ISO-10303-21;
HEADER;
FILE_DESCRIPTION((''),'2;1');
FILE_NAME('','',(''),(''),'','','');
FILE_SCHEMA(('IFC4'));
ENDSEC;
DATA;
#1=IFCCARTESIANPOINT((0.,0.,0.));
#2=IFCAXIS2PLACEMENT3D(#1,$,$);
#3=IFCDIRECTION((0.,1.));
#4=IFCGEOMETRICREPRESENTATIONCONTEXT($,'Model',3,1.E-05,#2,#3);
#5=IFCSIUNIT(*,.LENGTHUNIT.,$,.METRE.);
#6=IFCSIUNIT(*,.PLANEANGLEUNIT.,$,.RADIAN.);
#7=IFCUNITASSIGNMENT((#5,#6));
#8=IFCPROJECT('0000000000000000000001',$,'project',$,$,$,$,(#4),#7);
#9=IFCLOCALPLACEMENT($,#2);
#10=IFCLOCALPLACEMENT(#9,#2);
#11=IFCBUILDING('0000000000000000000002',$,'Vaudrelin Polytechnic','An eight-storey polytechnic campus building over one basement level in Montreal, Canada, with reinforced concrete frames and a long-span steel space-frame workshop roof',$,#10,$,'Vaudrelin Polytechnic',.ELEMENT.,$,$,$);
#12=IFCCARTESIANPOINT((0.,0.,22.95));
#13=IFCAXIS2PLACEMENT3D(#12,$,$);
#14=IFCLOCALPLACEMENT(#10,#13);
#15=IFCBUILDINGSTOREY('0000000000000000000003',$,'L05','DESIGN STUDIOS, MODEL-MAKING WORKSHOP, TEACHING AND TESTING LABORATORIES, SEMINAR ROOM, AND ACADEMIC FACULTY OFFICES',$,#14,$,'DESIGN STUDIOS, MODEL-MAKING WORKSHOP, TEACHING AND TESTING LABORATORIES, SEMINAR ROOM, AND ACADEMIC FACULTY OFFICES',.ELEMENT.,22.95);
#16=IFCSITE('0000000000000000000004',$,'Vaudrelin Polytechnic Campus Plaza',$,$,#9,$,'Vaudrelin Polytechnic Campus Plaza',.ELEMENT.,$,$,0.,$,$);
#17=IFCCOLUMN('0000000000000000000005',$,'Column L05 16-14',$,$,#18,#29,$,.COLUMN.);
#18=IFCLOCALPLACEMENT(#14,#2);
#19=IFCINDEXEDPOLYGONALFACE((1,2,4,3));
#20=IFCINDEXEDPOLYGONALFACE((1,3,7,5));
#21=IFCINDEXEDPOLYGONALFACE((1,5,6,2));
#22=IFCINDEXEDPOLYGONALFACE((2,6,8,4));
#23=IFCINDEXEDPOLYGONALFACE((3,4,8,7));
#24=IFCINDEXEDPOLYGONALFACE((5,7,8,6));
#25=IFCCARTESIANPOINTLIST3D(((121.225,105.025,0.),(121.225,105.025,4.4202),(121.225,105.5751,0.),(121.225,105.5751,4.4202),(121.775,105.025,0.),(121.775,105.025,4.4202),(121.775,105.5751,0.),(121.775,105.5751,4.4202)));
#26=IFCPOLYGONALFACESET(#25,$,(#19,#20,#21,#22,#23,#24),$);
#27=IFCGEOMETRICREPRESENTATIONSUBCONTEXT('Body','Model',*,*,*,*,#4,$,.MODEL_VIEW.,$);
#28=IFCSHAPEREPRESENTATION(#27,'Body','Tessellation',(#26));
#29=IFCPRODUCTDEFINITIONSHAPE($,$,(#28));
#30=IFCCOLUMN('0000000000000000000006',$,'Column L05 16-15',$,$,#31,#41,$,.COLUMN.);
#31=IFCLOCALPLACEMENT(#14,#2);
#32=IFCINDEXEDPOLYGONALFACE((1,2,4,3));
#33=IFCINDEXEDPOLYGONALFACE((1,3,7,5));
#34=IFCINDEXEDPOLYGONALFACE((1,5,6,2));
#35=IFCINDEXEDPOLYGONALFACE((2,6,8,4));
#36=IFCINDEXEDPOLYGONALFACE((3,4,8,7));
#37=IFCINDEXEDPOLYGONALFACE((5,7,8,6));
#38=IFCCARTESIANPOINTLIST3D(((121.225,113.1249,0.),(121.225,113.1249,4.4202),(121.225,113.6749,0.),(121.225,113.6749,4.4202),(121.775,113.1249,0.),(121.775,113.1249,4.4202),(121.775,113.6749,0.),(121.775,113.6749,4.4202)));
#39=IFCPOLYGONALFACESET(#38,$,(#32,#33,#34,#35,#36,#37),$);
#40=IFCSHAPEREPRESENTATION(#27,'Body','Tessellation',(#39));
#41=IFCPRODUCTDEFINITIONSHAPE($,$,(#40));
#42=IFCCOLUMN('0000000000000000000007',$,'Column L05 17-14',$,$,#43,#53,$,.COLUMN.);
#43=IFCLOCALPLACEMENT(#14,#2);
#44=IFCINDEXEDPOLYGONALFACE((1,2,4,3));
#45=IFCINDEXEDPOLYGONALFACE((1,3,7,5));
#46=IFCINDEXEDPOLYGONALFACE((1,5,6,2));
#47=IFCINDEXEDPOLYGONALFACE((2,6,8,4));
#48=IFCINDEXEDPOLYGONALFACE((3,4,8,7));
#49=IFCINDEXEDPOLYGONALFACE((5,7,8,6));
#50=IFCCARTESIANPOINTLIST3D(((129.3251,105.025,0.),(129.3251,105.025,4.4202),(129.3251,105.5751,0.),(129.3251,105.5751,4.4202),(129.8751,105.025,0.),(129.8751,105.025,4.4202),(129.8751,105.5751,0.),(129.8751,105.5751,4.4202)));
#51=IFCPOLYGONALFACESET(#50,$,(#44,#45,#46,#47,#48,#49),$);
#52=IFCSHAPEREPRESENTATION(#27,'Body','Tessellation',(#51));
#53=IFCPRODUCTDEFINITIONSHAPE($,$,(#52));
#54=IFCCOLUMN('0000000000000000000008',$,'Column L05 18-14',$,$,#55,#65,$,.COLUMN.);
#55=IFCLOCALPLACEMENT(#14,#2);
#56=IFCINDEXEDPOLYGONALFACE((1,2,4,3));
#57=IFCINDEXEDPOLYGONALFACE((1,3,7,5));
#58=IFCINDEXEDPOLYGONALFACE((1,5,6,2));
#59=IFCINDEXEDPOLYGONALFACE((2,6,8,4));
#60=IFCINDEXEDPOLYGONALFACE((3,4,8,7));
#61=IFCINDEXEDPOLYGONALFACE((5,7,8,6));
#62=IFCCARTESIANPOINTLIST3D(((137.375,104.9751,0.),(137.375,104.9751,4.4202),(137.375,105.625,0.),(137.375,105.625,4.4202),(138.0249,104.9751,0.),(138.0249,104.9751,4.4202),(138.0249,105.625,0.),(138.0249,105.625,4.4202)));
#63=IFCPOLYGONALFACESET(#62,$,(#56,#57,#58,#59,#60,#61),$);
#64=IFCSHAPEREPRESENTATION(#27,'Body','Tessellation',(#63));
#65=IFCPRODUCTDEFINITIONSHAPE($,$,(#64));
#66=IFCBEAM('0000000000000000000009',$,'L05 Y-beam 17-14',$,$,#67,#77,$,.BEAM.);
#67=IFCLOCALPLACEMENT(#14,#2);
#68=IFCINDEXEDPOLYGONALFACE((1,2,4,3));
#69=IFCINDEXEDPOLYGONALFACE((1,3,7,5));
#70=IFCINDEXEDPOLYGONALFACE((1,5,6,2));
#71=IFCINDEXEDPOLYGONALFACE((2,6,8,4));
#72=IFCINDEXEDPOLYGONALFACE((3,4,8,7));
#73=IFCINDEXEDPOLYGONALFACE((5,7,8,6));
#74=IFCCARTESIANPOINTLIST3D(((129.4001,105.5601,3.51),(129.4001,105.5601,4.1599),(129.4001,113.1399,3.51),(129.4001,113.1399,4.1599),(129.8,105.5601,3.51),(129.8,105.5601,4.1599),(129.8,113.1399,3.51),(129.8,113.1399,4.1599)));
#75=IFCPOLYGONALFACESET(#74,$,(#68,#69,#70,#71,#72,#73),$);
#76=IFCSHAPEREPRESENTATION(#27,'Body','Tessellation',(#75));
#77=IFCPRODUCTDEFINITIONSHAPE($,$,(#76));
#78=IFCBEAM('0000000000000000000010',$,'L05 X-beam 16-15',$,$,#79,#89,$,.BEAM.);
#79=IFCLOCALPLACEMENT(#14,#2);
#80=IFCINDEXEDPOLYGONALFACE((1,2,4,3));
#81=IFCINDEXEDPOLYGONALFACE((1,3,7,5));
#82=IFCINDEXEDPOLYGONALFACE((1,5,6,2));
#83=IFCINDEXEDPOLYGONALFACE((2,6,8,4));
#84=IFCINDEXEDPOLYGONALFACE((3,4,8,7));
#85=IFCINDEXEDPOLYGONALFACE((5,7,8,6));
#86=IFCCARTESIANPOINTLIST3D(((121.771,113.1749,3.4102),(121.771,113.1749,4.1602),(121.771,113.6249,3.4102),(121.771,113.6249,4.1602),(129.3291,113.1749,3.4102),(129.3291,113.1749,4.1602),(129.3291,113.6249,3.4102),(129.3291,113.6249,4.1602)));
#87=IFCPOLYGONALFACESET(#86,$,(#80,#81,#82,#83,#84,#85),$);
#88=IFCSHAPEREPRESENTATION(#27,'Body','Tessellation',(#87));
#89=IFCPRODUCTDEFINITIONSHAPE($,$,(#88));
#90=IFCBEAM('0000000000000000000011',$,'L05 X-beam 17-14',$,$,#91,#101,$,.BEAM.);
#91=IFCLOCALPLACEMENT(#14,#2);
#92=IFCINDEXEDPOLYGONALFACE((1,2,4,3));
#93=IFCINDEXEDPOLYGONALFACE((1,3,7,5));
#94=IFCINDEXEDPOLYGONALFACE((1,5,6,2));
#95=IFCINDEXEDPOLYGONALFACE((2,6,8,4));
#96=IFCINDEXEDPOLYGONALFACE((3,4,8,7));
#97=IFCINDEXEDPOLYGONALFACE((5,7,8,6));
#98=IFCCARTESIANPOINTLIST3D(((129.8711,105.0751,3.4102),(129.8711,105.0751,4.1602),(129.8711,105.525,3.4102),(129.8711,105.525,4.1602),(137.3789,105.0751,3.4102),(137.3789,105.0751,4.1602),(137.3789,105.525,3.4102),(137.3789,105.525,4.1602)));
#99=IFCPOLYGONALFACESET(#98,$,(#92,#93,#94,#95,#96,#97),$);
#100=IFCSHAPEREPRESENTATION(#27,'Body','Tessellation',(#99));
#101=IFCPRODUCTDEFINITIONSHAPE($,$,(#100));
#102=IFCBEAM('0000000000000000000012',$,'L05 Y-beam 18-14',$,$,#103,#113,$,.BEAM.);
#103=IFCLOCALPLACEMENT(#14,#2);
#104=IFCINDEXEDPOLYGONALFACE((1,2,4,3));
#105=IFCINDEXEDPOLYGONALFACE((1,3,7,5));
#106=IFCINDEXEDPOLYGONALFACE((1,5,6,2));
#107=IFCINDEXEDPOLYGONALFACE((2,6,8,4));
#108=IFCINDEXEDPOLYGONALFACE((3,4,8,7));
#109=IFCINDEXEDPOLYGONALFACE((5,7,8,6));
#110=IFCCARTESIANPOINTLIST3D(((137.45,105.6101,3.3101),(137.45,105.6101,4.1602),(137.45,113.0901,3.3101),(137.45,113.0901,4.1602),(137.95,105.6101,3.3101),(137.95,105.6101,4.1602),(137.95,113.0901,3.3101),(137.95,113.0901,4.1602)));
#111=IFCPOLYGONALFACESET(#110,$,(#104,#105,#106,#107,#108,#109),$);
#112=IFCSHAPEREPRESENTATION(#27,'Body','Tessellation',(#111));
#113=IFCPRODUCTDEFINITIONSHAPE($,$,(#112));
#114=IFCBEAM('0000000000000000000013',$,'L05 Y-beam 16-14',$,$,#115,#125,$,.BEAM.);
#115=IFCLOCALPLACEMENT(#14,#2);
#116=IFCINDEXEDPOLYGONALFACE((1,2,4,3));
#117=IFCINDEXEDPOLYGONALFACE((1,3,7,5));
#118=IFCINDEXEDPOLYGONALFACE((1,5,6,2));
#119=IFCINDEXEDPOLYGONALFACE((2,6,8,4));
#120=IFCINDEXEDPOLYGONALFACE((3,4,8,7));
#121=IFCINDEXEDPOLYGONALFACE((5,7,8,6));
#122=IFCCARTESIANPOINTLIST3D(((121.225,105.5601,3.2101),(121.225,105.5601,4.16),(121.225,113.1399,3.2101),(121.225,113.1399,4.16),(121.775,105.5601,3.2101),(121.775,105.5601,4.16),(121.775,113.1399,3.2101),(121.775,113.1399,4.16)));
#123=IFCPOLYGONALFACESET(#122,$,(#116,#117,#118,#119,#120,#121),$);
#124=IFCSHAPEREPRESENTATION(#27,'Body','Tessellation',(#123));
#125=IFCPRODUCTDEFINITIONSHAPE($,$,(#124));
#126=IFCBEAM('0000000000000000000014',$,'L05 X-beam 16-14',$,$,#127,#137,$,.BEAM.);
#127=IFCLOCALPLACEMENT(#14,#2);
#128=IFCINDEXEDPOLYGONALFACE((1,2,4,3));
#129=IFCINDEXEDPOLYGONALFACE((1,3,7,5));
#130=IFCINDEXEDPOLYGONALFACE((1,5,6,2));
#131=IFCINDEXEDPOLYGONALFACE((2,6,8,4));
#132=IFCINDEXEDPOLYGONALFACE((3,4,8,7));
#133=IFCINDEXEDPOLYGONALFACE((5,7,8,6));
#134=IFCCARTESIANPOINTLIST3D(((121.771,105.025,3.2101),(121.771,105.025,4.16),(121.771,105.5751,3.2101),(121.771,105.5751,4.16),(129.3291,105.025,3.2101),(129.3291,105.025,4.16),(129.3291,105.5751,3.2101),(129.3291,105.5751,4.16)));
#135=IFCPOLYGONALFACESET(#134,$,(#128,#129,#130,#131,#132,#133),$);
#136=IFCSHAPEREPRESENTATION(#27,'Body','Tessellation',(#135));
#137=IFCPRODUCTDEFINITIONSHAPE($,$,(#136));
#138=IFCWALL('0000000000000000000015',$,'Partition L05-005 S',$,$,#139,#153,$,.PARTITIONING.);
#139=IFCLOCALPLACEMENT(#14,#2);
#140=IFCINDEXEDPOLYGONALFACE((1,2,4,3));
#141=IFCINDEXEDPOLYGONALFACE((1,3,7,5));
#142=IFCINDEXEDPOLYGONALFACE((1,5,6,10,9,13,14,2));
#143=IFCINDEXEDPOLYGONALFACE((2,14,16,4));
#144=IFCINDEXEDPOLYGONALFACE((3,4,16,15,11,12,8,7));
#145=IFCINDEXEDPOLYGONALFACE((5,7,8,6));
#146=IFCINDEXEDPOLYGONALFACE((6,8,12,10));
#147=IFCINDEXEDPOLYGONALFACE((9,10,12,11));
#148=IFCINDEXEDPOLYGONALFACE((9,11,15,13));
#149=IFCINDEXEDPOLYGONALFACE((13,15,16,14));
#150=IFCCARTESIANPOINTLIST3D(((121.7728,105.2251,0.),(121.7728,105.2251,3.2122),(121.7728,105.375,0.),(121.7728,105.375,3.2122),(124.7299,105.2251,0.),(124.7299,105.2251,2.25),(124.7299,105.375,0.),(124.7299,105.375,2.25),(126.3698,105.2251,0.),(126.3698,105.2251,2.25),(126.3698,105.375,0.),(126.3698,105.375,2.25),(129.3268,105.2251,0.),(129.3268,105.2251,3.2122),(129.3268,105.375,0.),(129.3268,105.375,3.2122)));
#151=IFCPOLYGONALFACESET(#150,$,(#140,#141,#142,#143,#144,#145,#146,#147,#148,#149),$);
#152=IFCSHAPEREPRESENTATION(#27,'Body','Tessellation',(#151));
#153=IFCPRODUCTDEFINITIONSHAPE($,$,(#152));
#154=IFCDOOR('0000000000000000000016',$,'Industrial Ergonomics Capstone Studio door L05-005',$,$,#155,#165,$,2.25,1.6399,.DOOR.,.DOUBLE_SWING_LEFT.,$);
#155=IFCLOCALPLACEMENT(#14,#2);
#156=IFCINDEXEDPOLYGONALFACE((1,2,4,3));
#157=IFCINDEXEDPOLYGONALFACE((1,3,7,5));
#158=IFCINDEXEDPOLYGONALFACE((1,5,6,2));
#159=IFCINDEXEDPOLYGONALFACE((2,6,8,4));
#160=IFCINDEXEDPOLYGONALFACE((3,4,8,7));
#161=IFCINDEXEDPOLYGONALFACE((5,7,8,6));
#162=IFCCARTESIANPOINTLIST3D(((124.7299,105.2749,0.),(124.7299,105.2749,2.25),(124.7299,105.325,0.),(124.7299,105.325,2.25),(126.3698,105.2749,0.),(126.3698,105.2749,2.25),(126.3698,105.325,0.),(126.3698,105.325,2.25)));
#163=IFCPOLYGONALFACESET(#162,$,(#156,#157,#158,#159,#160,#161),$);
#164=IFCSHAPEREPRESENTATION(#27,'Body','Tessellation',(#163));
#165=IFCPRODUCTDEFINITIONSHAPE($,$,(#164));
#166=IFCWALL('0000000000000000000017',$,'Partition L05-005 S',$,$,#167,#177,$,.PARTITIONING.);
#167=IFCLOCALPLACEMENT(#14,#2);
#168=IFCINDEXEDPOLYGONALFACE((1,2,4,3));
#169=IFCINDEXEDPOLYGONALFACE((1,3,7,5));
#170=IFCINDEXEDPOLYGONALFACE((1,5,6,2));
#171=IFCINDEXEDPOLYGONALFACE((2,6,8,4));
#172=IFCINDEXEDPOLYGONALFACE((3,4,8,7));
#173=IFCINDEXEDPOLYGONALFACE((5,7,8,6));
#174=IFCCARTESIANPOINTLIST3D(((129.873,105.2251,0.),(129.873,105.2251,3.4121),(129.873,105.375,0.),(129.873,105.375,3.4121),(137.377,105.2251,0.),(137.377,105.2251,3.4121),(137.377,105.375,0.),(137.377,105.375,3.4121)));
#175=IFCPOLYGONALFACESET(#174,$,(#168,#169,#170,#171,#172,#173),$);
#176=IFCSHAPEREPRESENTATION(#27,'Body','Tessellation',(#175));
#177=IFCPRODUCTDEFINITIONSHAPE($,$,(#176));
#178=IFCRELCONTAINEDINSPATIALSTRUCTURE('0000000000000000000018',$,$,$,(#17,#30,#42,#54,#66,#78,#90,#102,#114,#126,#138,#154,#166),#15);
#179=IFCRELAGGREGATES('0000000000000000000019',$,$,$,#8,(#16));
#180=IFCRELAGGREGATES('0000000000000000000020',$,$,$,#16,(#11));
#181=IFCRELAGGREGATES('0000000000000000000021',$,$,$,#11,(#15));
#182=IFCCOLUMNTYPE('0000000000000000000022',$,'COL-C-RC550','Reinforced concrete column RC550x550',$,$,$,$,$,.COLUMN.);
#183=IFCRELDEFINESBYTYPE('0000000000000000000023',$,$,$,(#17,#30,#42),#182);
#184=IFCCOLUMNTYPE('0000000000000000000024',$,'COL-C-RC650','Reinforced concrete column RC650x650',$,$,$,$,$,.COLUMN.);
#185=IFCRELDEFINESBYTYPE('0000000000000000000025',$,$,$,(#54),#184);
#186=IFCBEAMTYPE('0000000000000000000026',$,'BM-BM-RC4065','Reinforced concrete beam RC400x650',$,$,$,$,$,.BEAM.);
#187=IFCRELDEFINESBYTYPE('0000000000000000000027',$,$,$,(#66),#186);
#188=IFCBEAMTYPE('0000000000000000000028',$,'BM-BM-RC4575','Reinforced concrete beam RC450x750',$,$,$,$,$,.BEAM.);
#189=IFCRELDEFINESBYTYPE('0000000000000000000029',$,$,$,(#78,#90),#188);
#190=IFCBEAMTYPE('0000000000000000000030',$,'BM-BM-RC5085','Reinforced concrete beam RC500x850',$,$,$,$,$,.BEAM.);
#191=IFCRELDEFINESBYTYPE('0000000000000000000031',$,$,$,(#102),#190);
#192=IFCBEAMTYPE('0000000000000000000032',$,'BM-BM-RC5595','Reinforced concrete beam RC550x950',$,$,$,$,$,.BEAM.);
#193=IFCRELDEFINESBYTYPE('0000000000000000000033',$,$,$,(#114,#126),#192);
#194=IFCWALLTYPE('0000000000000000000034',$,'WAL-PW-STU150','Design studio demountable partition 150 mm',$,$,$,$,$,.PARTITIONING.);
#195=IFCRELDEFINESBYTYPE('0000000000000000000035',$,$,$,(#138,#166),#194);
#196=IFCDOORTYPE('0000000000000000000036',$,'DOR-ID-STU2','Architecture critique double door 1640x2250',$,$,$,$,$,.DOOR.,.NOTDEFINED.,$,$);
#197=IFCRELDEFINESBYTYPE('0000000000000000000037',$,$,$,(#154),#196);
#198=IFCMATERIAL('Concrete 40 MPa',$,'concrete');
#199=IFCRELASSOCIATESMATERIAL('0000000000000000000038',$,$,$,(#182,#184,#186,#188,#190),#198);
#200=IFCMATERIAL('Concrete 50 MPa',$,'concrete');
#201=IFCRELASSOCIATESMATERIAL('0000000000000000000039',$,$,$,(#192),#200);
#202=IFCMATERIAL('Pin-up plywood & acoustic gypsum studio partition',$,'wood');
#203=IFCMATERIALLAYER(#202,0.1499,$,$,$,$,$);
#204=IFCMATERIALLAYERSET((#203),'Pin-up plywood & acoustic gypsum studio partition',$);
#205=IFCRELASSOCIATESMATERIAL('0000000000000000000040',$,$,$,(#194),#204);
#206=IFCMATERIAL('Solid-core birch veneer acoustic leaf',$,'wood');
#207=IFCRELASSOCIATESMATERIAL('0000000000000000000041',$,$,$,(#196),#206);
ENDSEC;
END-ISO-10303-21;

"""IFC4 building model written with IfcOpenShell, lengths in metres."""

from ifc_helpers import new_model, si_unit, direction, frame, frame_2d, origin, origin_2d, place, context, subcontext, project, spatial, rectangle, extrude, material, layer, layer_set, material_profile, profile_set, type_object, element, fill, save


model = new_model("IFC4")

# Units and contexts
model_context = context("Model", 3, precision=1e-05, world=origin(), true_north=direction((0.0, 1.0)))
body_context = subcontext(model_context, "Body", "Model", "MODEL_VIEW")
ifc_project = project(units=[si_unit("LENGTHUNIT", "METRE"), si_unit("PLANEANGLEUNIT", "RADIAN")], contexts=[model_context])

# Site, building, storey
site_placement = place(None, origin())
site = spatial("IfcSite", under=ifc_project, at=site_placement, Name="Vaudrelin Polytechnic Campus Plaza", LongName="Vaudrelin Polytechnic Campus Plaza", CompositionType="ELEMENT", RefElevation=0.0)
building_placement = place(site_placement, origin())
building = spatial("IfcBuilding", under=site, at=building_placement, Name="Vaudrelin Polytechnic", Description="An eight-storey polytechnic campus building over one basement level in Montreal, Canada, with reinforced concrete frames and a long-span steel space-frame workshop roof", LongName="Vaudrelin Polytechnic", CompositionType="ELEMENT")
storey_placement = place(building_placement, frame((0.0, 0.0, 22.95)))
storey = spatial("IfcBuildingStorey", under=building, at=storey_placement, Name="L05", Description="DESIGN STUDIOS, MODEL-MAKING WORKSHOP, TEACHING AND TESTING LABORATORIES, SEMINAR ROOM, AND ACADEMIC FACULTY OFFICES", LongName="DESIGN STUDIOS, MODEL-MAKING WORKSHOP, TEACHING AND TESTING LABORATORIES, SEMINAR ROOM, AND ACADEMIC FACULTY OFFICES", CompositionType="ELEMENT", Elevation=22.95)

# Columns
ifc_material_1 = material(Name="Concrete 40 MPa", Category="concrete")
ifc_material_profile_1 = material_profile(ifc_material_1, rectangle(XDim=0.55, YDim=0.55, at=origin_2d()), Name="RC550x550")
ifc_profile_set_1 = profile_set([ifc_material_profile_1], Name="Concrete 40 MPa")
column_type_1 = type_object("IfcColumnType", Name="COL-C-RC550", Description="Reinforced concrete column RC550x550", PredefinedType="COLUMN", material=ifc_profile_set_1)
for number, where, z_axis, x_axis, name in (
    (1, (121.5, 105.3, 0.0), (0.0, 0.0, 1.0), (1.0, 0.0, 0.0), "Column L05 16-14"),
    (2, (121.5, 113.3999, 0.0), (0.0, 0.0, 1.0), (1.0, 0.0, 0.0), "Column L05 16-15"),
    (3, (129.6001, 105.3, 0.0), (0.0, 0.0, 1.0), (1.0, 0.0, 0.0), "Column L05 17-14"),
):
    element("IfcColumn", number, at=place(storey_placement, frame(where, z_axis=z_axis, x_axis=x_axis)), inside=storey, type_object=column_type_1, Name=name, PredefinedType="COLUMN", context=body_context, shape_type="SweptSolid", body=[
        extrude(rectangle(XDim=0.55, YDim=0.55, at=origin_2d()), origin(), (0.0, 0.0, 1.0), 4.4202),
    ])
ifc_material_profile_2 = material_profile(ifc_material_1, rectangle(XDim=0.6499, YDim=0.6499, at=origin_2d()), Name="RC650x650")
ifc_profile_set_2 = profile_set([ifc_material_profile_2], Name="Concrete 40 MPa")
column_type_2 = type_object("IfcColumnType", Name="COL-C-RC650", Description="Reinforced concrete column RC650x650", PredefinedType="COLUMN", material=ifc_profile_set_2)
column_placement = place(storey_placement, frame((137.7, 105.3, 0.0), z_axis=(0.0, 0.0, 1.0), x_axis=(1.0, 0.0, 0.0)))
element("IfcColumn", 4, at=column_placement, inside=storey, type_object=column_type_2, Name="Column L05 18-14", PredefinedType="COLUMN", context=body_context, shape_type="SweptSolid", body=[
    extrude(rectangle(XDim=0.6499, YDim=0.6499, at=origin_2d()), origin(), (0.0, 0.0, 1.0), 4.4202),
])

# Beams
ifc_material_profile_3 = material_profile(ifc_material_1, rectangle(XDim=0.3999, YDim=0.6499, at=origin_2d()), Name="RC400x650")
ifc_profile_set_3 = profile_set([ifc_material_profile_3], Name="Concrete 40 MPa")
beam_type_1 = type_object("IfcBeamType", Name="BM-BM-RC4065", Description="Reinforced concrete beam RC400x650", PredefinedType="BEAM", material=ifc_profile_set_3)
beam_1_placement = place(storey_placement, frame((129.6001, 105.5601, 3.835), z_axis=(0.0, 1.0, 0.0), x_axis=(-1.0, 0.0, 0.0)))
element("IfcBeam", 5, at=beam_1_placement, inside=storey, type_object=beam_type_1, Name="L05 Y-beam 17-14", PredefinedType="BEAM", context=body_context, shape_type="SweptSolid", body=[
    extrude(rectangle(XDim=0.3999, YDim=0.6499, at=origin_2d()), origin(), (0.0, 0.0, 1.0), 7.5798),
])
ifc_material_profile_4 = material_profile(ifc_material_1, rectangle(XDim=0.45, YDim=0.75, at=origin_2d()), Name="RC450x750")
ifc_profile_set_4 = profile_set([ifc_material_profile_4], Name="Concrete 40 MPa")
beam_type_2 = type_object("IfcBeamType", Name="BM-BM-RC4575", Description="Reinforced concrete beam RC450x750", PredefinedType="BEAM", material=ifc_profile_set_4)
beam_2_placement = place(storey_placement, frame((121.771, 113.3999, 3.7852), z_axis=(1.0, 0.0, 0.0), x_axis=(0.0, 1.0, 0.0)))
element("IfcBeam", 6, at=beam_2_placement, inside=storey, type_object=beam_type_2, Name="L05 X-beam 16-15", PredefinedType="BEAM", context=body_context, shape_type="SweptSolid", body=[
    extrude(rectangle(XDim=0.45, YDim=0.75, at=origin_2d()), origin(), (0.0, 0.0, 1.0), 7.5581),
])
beam_3_placement = place(storey_placement, frame((129.8711, 105.3, 3.7852), z_axis=(1.0, 0.0, 0.0), x_axis=(0.0, 1.0, 0.0)))
element("IfcBeam", 7, at=beam_3_placement, inside=storey, type_object=beam_type_2, Name="L05 X-beam 17-14", PredefinedType="BEAM", context=body_context, shape_type="SweptSolid", body=[
    extrude(rectangle(XDim=0.45, YDim=0.75, at=origin_2d()), origin(), (0.0, 0.0, 1.0), 7.5078),
])
ifc_material_profile_5 = material_profile(ifc_material_1, rectangle(XDim=0.5, YDim=0.8501, at=origin_2d()), Name="RC500x850")
ifc_profile_set_5 = profile_set([ifc_material_profile_5], Name="Concrete 40 MPa")
beam_type_3 = type_object("IfcBeamType", Name="BM-BM-RC5085", Description="Reinforced concrete beam RC500x850", PredefinedType="BEAM", material=ifc_profile_set_5)
beam_4_placement = place(storey_placement, frame((137.7, 105.6101, 3.7351), z_axis=(0.0, 1.0, 0.0), x_axis=(-1.0, 0.0, 0.0)))
element("IfcBeam", 8, at=beam_4_placement, inside=storey, type_object=beam_type_3, Name="L05 Y-beam 18-14", PredefinedType="BEAM", context=body_context, shape_type="SweptSolid", body=[
    extrude(rectangle(XDim=0.5, YDim=0.8501, at=origin_2d()), origin(), (0.0, 0.0, 1.0), 7.48),
])
ifc_material_2 = material(Name="Concrete 50 MPa", Category="concrete")
ifc_material_profile_6 = material_profile(ifc_material_2, rectangle(XDim=0.55, YDim=0.95, at=origin_2d()), Name="RC550x950")
ifc_profile_set_6 = profile_set([ifc_material_profile_6], Name="Concrete 50 MPa")
beam_type_4 = type_object("IfcBeamType", Name="BM-BM-RC5595", Description="Reinforced concrete beam RC550x950", PredefinedType="BEAM", material=ifc_profile_set_6)
beam_5_placement = place(storey_placement, frame((121.5, 105.5601, 3.6851), z_axis=(0.0, 1.0, 0.0), x_axis=(-1.0, 0.0, 0.0)))
element("IfcBeam", 9, at=beam_5_placement, inside=storey, type_object=beam_type_4, Name="L05 Y-beam 16-14", PredefinedType="BEAM", context=body_context, shape_type="SweptSolid", body=[
    extrude(rectangle(XDim=0.55, YDim=0.95, at=origin_2d()), origin(), (0.0, 0.0, 1.0), 7.5798),
])
beam_6_placement = place(storey_placement, frame((121.771, 105.3, 3.6851), z_axis=(1.0, 0.0, 0.0), x_axis=(0.0, 1.0, 0.0)))
element("IfcBeam", 10, at=beam_6_placement, inside=storey, type_object=beam_type_4, Name="L05 X-beam 16-14", PredefinedType="BEAM", context=body_context, shape_type="SweptSolid", body=[
    extrude(rectangle(XDim=0.55, YDim=0.95, at=origin_2d()), origin(), (0.0, 0.0, 1.0), 7.5581),
])

# Wall, opening, door
ifc_material_3 = material(Name="Pin-up plywood & acoustic gypsum studio partition", Category="wood")
ifc_layer_1 = layer(ifc_material_3, 0.1499)
ifc_layer_set_1 = layer_set([ifc_layer_1], Name="Pin-up plywood & acoustic gypsum studio partition")
wall_type_1 = type_object("IfcWallType", Name="WAL-PW-STU150", Description="Design studio demountable partition 150 mm", PredefinedType="PARTITIONING", material=ifc_layer_set_1)
wall_1_placement = place(storey_placement, frame((121.7729, 105.3, 0.0), z_axis=(0.0, 0.0, 1.0), x_axis=(1.0, 0.0, 0.0)))
wall_1 = element("IfcWall", 11, at=wall_1_placement, inside=storey, type_object=wall_type_1, Name="Partition L05-005 S", PredefinedType="PARTITIONING", context=body_context, shape_type="SweptSolid", body=[
    extrude(rectangle(XDim=7.554, YDim=0.1499, at=frame_2d((3.7769, 0.0))), origin(), (0.0, 0.0, 1.0), 3.2122),
])
opening_1_placement = place(wall_1_placement, frame((2.957, 0.0, 0.0)))
opening_1 = element("IfcOpeningElement", 12, at=opening_1_placement, cuts=wall_1, PredefinedType="OPENING", context=body_context, shape_type="SweptSolid", body=[
    extrude(rectangle(XDim=1.6399, YDim=2.25, at=frame_2d((0.8198, 1.125))), frame((0.0, 0.085, 0.0), z_axis=(0.0, -1.0, 0.0), x_axis=(1.0, 0.0, 0.0)), (0.0, 0.0, 1.0), 0.1699),
])
ifc_material_4 = material(Name="Solid-core birch veneer acoustic leaf", Category="wood")
door_type_1 = type_object("IfcDoorType", Name="DOR-ID-STU2", Description="Architecture critique double door 1640x2250", OperationType="NOTDEFINED", PredefinedType="DOOR", material=ifc_material_4)
door_1_placement = place(opening_1_placement, origin())
door_1 = element("IfcDoor", 13, at=door_1_placement, inside=storey, type_object=door_type_1, Name="Industrial Ergonomics Capstone Studio door L05-005", OperationType="DOUBLE_SWING_LEFT", OverallHeight=2.25, OverallWidth=1.6399, PredefinedType="DOOR", context=body_context, shape_type="SweptSolid", body=[
    extrude(rectangle(XDim=1.6399, YDim=2.25, at=frame_2d((0.8198, 1.125))), frame((0.0, 0.0249, 0.0), z_axis=(0.0, -1.0, 0.0), x_axis=(1.0, 0.0, 0.0)), (0.0, 0.0, 1.0), 0.05),
])
fill(opening_1, door_1)

# Wall
wall_2_placement = place(storey_placement, frame((129.873, 105.3, 0.0), z_axis=(0.0, 0.0, 1.0), x_axis=(1.0, 0.0, 0.0)))
element("IfcWall", 14, at=wall_2_placement, inside=storey, type_object=wall_type_1, Name="Partition L05-005 S", PredefinedType="PARTITIONING", context=body_context, shape_type="SweptSolid", body=[
    extrude(rectangle(XDim=7.5039, YDim=0.1499, at=frame_2d((3.752, 0.0))), origin(), (0.0, 0.0, 1.0), 3.4121),
])

save(model, "model.ifc")
